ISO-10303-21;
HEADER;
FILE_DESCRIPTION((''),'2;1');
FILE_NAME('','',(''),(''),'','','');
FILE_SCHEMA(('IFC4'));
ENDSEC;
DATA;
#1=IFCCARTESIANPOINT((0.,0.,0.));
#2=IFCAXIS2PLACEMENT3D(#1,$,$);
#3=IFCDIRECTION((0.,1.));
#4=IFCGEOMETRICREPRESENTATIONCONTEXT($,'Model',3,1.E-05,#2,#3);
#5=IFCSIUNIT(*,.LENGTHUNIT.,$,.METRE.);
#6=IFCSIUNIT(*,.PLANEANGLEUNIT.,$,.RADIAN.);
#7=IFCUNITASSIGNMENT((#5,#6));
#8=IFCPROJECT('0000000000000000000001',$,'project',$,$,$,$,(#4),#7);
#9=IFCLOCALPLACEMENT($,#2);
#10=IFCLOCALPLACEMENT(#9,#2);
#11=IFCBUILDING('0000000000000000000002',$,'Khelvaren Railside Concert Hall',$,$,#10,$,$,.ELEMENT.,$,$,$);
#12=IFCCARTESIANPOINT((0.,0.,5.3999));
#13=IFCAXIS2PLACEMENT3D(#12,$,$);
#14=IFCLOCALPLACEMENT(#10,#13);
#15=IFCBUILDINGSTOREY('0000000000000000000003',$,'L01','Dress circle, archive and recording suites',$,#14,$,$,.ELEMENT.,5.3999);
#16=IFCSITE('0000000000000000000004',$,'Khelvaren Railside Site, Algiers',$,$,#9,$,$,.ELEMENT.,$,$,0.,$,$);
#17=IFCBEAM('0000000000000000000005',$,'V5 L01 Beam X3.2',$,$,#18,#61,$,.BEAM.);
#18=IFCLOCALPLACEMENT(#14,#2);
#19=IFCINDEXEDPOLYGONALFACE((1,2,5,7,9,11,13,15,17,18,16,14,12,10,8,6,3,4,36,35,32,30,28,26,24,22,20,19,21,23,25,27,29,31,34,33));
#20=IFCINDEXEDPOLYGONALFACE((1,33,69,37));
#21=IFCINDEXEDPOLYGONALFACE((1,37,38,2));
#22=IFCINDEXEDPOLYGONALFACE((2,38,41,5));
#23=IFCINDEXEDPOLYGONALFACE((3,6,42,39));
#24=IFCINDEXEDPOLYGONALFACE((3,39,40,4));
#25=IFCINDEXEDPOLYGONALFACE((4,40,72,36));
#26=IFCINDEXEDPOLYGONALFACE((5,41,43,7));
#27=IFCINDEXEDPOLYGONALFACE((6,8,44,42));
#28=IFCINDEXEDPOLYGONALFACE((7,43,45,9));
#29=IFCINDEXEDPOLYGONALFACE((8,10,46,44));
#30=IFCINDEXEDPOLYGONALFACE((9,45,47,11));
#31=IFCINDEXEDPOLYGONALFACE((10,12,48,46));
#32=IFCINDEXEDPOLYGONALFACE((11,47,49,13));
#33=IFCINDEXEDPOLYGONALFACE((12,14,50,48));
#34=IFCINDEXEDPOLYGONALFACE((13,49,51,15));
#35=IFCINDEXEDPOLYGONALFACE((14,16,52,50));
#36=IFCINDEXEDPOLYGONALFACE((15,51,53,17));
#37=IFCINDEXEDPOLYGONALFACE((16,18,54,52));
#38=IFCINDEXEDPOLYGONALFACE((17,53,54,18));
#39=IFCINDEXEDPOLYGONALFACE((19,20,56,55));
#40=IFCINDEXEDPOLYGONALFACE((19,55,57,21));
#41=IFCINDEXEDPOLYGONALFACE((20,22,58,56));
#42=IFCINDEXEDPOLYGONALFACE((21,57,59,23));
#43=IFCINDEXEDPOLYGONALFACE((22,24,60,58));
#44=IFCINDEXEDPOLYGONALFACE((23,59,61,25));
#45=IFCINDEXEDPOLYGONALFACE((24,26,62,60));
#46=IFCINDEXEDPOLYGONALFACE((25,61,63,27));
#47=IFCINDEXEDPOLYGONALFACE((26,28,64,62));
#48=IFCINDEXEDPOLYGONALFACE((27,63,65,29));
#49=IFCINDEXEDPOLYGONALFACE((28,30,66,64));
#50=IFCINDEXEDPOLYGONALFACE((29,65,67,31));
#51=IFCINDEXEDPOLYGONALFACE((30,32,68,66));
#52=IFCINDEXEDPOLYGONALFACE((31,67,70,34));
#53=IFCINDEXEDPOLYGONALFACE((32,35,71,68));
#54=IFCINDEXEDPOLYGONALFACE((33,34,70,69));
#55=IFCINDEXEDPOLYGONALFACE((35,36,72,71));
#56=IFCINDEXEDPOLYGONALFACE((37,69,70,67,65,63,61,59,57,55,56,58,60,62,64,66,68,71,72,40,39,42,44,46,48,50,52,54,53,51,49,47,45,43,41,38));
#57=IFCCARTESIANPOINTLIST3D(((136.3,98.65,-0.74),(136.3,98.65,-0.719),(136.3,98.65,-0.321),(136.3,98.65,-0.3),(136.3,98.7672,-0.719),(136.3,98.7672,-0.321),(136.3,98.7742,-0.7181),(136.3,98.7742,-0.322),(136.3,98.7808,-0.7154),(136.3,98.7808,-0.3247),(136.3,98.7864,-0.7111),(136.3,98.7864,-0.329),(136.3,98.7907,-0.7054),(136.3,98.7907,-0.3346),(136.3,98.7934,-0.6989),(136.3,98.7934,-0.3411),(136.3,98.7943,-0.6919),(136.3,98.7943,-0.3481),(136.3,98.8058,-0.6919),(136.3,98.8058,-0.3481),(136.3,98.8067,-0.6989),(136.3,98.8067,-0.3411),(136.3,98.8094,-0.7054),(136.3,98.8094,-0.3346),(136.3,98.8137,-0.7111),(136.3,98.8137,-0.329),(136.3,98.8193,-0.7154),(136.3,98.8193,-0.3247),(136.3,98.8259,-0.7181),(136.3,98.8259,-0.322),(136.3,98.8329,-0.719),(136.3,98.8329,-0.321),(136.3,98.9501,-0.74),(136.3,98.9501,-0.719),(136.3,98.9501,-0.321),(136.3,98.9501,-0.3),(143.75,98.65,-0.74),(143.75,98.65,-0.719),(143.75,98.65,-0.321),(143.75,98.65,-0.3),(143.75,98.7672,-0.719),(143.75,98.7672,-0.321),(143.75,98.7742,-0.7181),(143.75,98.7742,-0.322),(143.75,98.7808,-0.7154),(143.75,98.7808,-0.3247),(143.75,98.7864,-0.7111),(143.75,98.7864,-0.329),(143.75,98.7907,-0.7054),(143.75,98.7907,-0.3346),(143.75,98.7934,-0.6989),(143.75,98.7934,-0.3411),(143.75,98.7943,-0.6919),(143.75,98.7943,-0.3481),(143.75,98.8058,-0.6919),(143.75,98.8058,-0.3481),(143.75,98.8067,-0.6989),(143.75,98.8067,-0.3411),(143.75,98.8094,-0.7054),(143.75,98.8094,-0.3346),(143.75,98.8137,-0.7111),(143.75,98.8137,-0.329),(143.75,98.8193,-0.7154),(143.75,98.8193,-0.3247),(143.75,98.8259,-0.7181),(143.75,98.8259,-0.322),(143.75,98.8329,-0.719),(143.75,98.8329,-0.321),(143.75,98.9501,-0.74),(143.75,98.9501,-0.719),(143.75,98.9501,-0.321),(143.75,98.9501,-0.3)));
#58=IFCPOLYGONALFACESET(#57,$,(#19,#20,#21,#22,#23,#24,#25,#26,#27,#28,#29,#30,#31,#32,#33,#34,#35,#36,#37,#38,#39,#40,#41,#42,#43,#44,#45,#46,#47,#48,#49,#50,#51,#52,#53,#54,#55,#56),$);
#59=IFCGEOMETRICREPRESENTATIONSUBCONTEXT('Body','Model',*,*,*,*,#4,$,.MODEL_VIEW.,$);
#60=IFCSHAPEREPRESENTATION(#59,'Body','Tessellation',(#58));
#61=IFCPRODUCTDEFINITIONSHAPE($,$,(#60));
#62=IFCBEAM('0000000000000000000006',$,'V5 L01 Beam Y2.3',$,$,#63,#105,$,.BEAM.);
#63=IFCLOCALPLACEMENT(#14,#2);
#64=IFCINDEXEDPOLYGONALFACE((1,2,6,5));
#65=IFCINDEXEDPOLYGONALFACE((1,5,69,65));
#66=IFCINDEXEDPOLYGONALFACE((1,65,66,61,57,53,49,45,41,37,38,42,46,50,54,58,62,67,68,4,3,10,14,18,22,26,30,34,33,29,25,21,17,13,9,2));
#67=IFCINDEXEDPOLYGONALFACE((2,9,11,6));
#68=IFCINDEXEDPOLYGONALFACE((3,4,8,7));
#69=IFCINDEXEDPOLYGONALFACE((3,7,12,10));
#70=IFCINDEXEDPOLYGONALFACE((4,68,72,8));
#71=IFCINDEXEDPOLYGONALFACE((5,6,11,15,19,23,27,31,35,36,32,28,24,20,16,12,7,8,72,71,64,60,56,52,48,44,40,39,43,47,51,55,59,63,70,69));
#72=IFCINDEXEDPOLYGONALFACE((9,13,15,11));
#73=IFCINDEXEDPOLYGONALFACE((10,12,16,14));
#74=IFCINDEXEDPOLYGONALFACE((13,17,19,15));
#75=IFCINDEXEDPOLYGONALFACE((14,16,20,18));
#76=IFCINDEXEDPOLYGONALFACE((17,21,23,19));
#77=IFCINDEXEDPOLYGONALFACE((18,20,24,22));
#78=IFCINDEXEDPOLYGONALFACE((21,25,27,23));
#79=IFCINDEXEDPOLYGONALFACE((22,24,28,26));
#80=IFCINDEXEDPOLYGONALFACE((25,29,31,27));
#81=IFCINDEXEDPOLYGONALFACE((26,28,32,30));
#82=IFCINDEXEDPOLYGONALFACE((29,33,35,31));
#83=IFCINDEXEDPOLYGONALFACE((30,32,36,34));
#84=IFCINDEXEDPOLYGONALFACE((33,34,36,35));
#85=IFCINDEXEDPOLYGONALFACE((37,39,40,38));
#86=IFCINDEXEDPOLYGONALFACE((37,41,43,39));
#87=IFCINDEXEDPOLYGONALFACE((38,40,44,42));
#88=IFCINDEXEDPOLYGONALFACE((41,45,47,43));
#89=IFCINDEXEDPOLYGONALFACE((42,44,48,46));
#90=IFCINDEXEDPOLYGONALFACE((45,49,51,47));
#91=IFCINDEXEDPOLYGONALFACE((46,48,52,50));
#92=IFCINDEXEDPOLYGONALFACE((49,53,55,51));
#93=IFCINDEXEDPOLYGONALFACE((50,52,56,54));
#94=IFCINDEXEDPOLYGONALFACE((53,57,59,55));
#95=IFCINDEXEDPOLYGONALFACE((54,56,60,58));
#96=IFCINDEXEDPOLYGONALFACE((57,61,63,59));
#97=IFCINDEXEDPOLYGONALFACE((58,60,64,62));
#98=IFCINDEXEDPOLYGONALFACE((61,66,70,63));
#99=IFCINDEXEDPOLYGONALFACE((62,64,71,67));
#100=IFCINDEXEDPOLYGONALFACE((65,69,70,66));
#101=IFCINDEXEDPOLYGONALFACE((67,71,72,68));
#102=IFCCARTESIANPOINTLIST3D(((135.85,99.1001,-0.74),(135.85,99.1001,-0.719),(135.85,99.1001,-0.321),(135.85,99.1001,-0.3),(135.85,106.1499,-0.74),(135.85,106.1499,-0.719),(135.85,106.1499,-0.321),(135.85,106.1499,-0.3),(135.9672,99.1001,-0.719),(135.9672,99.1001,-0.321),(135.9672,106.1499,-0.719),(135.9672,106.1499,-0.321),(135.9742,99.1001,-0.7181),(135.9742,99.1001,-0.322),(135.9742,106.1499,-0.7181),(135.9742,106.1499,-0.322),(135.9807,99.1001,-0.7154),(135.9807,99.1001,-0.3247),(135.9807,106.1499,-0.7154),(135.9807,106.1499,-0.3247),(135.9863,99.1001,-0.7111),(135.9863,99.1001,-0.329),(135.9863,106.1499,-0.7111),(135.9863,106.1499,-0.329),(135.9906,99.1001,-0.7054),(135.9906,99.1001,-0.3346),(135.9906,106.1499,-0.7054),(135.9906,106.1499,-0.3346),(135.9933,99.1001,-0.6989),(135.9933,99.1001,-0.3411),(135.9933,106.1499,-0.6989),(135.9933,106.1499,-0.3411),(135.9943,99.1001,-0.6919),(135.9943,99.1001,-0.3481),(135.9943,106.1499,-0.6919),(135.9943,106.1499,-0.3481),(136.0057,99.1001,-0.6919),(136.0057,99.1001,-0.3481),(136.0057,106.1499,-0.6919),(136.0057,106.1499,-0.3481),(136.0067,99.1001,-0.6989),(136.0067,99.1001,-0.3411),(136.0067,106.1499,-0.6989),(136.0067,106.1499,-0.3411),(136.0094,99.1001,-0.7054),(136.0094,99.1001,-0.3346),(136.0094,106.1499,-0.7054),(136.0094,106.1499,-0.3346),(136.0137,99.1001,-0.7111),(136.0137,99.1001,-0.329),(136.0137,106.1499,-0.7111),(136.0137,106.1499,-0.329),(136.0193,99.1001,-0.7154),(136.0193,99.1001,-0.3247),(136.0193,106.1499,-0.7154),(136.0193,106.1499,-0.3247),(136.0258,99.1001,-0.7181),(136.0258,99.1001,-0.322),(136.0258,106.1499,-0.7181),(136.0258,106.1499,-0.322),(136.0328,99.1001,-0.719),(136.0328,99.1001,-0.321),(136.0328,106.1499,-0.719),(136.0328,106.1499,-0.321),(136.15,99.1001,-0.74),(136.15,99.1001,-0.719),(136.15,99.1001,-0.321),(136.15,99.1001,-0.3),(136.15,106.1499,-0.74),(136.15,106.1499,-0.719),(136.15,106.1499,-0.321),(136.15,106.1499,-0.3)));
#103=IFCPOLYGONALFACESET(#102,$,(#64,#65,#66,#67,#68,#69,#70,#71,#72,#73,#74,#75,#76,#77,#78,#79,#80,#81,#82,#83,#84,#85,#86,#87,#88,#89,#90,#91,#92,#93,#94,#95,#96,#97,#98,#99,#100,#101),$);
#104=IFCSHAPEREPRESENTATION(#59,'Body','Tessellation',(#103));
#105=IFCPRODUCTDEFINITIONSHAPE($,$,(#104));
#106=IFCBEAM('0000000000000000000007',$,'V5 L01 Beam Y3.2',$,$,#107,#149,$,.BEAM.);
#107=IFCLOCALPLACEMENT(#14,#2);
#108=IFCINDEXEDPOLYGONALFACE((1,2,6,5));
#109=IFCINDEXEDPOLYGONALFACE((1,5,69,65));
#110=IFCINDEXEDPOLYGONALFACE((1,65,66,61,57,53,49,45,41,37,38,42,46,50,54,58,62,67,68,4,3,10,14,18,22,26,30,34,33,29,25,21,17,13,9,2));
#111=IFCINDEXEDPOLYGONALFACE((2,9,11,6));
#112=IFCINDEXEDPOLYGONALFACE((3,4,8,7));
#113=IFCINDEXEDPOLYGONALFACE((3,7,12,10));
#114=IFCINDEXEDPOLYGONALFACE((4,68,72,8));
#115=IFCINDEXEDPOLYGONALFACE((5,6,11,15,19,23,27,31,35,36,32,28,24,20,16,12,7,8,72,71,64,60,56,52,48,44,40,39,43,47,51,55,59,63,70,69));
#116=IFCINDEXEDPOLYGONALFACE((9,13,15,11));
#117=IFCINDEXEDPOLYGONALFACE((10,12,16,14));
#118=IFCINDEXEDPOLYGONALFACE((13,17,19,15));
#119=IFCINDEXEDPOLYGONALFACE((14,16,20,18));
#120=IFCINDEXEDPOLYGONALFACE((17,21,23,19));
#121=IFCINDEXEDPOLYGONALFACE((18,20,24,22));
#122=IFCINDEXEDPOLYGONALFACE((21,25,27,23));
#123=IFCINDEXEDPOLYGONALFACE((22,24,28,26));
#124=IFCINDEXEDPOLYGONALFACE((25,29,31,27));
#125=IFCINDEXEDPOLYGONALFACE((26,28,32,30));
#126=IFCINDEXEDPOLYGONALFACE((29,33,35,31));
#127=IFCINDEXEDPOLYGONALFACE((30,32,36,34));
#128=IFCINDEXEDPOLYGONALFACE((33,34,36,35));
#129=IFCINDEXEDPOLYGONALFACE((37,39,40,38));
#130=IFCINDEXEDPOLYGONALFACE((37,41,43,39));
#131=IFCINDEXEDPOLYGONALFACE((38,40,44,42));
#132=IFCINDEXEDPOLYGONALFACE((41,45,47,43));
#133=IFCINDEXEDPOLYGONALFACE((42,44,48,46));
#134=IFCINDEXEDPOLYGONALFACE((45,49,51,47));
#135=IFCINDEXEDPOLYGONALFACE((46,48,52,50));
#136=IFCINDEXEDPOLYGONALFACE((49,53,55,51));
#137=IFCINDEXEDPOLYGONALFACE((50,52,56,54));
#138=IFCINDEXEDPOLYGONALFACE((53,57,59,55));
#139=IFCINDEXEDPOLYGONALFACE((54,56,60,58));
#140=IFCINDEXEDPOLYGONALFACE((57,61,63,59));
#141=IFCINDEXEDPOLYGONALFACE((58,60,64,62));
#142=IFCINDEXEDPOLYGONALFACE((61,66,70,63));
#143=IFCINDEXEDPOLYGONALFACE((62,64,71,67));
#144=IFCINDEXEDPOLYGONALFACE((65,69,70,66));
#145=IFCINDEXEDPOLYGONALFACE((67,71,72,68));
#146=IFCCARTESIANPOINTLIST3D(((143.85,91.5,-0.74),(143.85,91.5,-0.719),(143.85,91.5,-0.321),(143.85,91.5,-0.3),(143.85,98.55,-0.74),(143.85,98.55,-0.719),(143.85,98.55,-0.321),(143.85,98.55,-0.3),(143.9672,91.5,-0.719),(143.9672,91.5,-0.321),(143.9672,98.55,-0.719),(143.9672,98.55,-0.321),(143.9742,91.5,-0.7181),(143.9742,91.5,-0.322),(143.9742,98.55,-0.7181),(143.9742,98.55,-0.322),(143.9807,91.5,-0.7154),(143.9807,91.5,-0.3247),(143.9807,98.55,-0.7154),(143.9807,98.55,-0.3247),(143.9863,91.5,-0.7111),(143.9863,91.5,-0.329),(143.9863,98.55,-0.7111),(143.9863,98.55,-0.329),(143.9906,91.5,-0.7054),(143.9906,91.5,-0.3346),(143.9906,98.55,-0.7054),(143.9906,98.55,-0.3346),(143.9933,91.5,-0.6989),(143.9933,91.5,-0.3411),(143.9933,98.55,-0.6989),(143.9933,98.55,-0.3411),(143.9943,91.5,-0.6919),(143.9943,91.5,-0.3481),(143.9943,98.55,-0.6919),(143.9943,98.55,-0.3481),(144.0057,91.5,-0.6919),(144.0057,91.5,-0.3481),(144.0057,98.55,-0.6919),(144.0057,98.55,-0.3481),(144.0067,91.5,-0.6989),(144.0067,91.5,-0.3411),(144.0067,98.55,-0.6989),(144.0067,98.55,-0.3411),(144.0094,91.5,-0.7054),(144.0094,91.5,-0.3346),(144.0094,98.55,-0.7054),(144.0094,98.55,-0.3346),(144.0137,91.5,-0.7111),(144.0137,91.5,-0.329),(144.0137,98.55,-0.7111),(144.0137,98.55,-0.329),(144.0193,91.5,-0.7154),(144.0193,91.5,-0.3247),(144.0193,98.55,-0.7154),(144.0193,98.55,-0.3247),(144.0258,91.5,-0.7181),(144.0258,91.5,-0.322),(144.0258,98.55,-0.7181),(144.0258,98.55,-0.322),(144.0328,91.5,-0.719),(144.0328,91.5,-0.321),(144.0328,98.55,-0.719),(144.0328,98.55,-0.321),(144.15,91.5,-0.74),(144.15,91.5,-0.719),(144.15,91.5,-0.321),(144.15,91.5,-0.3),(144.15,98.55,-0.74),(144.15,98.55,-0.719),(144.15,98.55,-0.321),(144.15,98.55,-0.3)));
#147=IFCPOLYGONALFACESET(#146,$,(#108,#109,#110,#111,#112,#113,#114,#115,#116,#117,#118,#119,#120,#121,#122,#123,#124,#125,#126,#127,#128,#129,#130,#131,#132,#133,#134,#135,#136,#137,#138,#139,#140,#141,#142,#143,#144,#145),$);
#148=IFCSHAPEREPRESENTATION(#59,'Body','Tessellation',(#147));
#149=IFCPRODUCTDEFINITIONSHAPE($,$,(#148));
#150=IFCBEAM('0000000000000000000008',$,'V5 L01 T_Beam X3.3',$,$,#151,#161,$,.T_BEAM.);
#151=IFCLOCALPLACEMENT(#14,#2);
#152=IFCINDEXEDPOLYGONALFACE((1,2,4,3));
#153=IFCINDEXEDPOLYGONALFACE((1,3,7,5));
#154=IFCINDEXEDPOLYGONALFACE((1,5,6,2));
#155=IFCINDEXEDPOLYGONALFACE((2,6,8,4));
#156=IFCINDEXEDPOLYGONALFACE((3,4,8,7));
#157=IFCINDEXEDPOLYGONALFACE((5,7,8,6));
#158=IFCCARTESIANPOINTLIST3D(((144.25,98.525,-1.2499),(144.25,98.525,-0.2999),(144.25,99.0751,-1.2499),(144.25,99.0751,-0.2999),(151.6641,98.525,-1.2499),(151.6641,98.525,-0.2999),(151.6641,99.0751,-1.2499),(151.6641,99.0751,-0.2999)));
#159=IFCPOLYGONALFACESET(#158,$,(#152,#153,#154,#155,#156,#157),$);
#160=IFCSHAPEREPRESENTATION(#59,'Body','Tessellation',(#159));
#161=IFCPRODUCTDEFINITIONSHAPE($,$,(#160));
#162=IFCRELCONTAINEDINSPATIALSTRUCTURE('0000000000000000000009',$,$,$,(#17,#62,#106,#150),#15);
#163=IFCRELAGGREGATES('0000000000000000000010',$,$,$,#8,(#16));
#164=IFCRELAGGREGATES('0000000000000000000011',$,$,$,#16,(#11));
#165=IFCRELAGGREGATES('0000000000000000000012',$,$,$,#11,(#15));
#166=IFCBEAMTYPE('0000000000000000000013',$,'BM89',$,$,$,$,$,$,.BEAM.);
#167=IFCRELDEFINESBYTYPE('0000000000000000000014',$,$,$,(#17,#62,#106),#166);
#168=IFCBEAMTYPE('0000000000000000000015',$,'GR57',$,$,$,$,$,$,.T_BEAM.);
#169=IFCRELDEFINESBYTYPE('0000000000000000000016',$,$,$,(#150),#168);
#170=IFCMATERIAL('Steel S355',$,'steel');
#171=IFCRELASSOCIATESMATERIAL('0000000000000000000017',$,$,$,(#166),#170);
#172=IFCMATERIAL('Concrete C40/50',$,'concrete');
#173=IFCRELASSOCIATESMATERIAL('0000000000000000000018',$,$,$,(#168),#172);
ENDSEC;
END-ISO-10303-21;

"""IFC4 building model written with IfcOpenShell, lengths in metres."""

from ifc_helpers import new_model, si_unit, direction, frame, origin, origin_2d, place, context, subcontext, project, spatial, rectangle, i_section, extrude, material, material_profile, profile_set, type_object, element, save


model = new_model("IFC4")

# Units and contexts
model_context = context("Model", 3, precision=1e-05, world=origin(), true_north=direction((0.0, 1.0)))
body_context = subcontext(model_context, "Body", "Model", "MODEL_VIEW")
ifc_project = project(units=[si_unit("LENGTHUNIT", "METRE"), si_unit("PLANEANGLEUNIT", "RADIAN")], contexts=[model_context])

# Site, building, storey
site_placement = place(None, origin())
site = spatial("IfcSite", under=ifc_project, at=site_placement, Name="Khelvaren Railside Site, Algiers", CompositionType="ELEMENT", RefElevation=0.0)
building_placement = place(site_placement, origin())
building = spatial("IfcBuilding", under=site, at=building_placement, Name="Khelvaren Railside Concert Hall", CompositionType="ELEMENT")
storey_placement = place(building_placement, frame((0.0, 0.0, 5.3999)))
storey = spatial("IfcBuildingStorey", under=building, at=storey_placement, Name="L01", Description="Dress circle, archive and recording suites", CompositionType="ELEMENT", Elevation=5.3999)

# Beams
ifc_material_1 = material(Name="Steel S355", Category="steel")
ifc_material_2 = material(Name="Concrete C40/50", Category="concrete")
ifc_material_profile_1 = material_profile(ifc_material_1, i_section(OverallWidth=0.3, OverallDepth=0.4399, WebThickness=0.0115, FlangeThickness=0.021, FilletRadius=0.0271, at=origin_2d()), Name="HEA 450")
ifc_profile_set_1 = profile_set([ifc_material_profile_1], Name="Steel S355")
beam_type_1 = type_object("IfcBeamType", Name="BM89", PredefinedType="BEAM", material=ifc_profile_set_1)
beam_1_placement = place(storey_placement, frame((136.3, 98.8, -0.52), z_axis=(1.0, 0.0, 0.0), x_axis=(0.0, 1.0, 0.0)))
element("IfcBeam", 1, at=beam_1_placement, inside=storey, type_object=beam_type_1, Name="V5 L01 Beam X3.2", PredefinedType="BEAM", context=body_context, shape_type="SweptSolid", body=[
    extrude(i_section(OverallWidth=0.3, OverallDepth=0.4399, WebThickness=0.0115, FlangeThickness=0.021, FilletRadius=0.0271, at=origin_2d()), origin(), (0.0, 0.0, 1.0), 7.45),
])
beam_2_placement = place(storey_placement, frame((136.0, 99.1001, -0.52), z_axis=(0.0, 1.0, 0.0), x_axis=(-1.0, 0.0, 0.0)))
element("IfcBeam", 2, at=beam_2_placement, inside=storey, type_object=beam_type_1, Name="V5 L01 Beam Y2.3", PredefinedType="BEAM", context=body_context, shape_type="SweptSolid", body=[
    extrude(i_section(OverallWidth=0.3, OverallDepth=0.4399, WebThickness=0.0115, FlangeThickness=0.021, FilletRadius=0.0271, at=origin_2d()), origin(), (0.0, 0.0, 1.0), 7.0498),
])
beam_3_placement = place(storey_placement, frame((144.0, 91.5, -0.52), z_axis=(0.0, 1.0, 0.0), x_axis=(-1.0, 0.0, 0.0)))
element("IfcBeam", 3, at=beam_3_placement, inside=storey, type_object=beam_type_1, Name="V5 L01 Beam Y3.2", PredefinedType="BEAM", context=body_context, shape_type="SweptSolid", body=[
    extrude(i_section(OverallWidth=0.3, OverallDepth=0.4399, WebThickness=0.0115, FlangeThickness=0.021, FilletRadius=0.0271, at=origin_2d()), origin(), (0.0, 0.0, 1.0), 7.05),
])
ifc_material_profile_2 = material_profile(ifc_material_2, rectangle(XDim=0.55, YDim=0.95, at=origin_2d()), Name="RCB 550x950")
ifc_profile_set_2 = profile_set([ifc_material_profile_2], Name="Concrete C40/50")
beam_type_2 = type_object("IfcBeamType", Name="GR57", PredefinedType="T_BEAM", material=ifc_profile_set_2)
beam_4_placement = place(storey_placement, frame((144.25, 98.8, -0.7749), z_axis=(1.0, 0.0, 0.0), x_axis=(0.0, 1.0, 0.0)))
element("IfcBeam", 4, at=beam_4_placement, inside=storey, type_object=beam_type_2, Name="V5 L01 T_Beam X3.3", PredefinedType="T_BEAM", context=body_context, shape_type="SweptSolid", body=[
    extrude(rectangle(XDim=0.55, YDim=0.95, at=origin_2d()), origin(), (0.0, 0.0, 1.0), 7.4141),
])

save(model, "model.ifc")
